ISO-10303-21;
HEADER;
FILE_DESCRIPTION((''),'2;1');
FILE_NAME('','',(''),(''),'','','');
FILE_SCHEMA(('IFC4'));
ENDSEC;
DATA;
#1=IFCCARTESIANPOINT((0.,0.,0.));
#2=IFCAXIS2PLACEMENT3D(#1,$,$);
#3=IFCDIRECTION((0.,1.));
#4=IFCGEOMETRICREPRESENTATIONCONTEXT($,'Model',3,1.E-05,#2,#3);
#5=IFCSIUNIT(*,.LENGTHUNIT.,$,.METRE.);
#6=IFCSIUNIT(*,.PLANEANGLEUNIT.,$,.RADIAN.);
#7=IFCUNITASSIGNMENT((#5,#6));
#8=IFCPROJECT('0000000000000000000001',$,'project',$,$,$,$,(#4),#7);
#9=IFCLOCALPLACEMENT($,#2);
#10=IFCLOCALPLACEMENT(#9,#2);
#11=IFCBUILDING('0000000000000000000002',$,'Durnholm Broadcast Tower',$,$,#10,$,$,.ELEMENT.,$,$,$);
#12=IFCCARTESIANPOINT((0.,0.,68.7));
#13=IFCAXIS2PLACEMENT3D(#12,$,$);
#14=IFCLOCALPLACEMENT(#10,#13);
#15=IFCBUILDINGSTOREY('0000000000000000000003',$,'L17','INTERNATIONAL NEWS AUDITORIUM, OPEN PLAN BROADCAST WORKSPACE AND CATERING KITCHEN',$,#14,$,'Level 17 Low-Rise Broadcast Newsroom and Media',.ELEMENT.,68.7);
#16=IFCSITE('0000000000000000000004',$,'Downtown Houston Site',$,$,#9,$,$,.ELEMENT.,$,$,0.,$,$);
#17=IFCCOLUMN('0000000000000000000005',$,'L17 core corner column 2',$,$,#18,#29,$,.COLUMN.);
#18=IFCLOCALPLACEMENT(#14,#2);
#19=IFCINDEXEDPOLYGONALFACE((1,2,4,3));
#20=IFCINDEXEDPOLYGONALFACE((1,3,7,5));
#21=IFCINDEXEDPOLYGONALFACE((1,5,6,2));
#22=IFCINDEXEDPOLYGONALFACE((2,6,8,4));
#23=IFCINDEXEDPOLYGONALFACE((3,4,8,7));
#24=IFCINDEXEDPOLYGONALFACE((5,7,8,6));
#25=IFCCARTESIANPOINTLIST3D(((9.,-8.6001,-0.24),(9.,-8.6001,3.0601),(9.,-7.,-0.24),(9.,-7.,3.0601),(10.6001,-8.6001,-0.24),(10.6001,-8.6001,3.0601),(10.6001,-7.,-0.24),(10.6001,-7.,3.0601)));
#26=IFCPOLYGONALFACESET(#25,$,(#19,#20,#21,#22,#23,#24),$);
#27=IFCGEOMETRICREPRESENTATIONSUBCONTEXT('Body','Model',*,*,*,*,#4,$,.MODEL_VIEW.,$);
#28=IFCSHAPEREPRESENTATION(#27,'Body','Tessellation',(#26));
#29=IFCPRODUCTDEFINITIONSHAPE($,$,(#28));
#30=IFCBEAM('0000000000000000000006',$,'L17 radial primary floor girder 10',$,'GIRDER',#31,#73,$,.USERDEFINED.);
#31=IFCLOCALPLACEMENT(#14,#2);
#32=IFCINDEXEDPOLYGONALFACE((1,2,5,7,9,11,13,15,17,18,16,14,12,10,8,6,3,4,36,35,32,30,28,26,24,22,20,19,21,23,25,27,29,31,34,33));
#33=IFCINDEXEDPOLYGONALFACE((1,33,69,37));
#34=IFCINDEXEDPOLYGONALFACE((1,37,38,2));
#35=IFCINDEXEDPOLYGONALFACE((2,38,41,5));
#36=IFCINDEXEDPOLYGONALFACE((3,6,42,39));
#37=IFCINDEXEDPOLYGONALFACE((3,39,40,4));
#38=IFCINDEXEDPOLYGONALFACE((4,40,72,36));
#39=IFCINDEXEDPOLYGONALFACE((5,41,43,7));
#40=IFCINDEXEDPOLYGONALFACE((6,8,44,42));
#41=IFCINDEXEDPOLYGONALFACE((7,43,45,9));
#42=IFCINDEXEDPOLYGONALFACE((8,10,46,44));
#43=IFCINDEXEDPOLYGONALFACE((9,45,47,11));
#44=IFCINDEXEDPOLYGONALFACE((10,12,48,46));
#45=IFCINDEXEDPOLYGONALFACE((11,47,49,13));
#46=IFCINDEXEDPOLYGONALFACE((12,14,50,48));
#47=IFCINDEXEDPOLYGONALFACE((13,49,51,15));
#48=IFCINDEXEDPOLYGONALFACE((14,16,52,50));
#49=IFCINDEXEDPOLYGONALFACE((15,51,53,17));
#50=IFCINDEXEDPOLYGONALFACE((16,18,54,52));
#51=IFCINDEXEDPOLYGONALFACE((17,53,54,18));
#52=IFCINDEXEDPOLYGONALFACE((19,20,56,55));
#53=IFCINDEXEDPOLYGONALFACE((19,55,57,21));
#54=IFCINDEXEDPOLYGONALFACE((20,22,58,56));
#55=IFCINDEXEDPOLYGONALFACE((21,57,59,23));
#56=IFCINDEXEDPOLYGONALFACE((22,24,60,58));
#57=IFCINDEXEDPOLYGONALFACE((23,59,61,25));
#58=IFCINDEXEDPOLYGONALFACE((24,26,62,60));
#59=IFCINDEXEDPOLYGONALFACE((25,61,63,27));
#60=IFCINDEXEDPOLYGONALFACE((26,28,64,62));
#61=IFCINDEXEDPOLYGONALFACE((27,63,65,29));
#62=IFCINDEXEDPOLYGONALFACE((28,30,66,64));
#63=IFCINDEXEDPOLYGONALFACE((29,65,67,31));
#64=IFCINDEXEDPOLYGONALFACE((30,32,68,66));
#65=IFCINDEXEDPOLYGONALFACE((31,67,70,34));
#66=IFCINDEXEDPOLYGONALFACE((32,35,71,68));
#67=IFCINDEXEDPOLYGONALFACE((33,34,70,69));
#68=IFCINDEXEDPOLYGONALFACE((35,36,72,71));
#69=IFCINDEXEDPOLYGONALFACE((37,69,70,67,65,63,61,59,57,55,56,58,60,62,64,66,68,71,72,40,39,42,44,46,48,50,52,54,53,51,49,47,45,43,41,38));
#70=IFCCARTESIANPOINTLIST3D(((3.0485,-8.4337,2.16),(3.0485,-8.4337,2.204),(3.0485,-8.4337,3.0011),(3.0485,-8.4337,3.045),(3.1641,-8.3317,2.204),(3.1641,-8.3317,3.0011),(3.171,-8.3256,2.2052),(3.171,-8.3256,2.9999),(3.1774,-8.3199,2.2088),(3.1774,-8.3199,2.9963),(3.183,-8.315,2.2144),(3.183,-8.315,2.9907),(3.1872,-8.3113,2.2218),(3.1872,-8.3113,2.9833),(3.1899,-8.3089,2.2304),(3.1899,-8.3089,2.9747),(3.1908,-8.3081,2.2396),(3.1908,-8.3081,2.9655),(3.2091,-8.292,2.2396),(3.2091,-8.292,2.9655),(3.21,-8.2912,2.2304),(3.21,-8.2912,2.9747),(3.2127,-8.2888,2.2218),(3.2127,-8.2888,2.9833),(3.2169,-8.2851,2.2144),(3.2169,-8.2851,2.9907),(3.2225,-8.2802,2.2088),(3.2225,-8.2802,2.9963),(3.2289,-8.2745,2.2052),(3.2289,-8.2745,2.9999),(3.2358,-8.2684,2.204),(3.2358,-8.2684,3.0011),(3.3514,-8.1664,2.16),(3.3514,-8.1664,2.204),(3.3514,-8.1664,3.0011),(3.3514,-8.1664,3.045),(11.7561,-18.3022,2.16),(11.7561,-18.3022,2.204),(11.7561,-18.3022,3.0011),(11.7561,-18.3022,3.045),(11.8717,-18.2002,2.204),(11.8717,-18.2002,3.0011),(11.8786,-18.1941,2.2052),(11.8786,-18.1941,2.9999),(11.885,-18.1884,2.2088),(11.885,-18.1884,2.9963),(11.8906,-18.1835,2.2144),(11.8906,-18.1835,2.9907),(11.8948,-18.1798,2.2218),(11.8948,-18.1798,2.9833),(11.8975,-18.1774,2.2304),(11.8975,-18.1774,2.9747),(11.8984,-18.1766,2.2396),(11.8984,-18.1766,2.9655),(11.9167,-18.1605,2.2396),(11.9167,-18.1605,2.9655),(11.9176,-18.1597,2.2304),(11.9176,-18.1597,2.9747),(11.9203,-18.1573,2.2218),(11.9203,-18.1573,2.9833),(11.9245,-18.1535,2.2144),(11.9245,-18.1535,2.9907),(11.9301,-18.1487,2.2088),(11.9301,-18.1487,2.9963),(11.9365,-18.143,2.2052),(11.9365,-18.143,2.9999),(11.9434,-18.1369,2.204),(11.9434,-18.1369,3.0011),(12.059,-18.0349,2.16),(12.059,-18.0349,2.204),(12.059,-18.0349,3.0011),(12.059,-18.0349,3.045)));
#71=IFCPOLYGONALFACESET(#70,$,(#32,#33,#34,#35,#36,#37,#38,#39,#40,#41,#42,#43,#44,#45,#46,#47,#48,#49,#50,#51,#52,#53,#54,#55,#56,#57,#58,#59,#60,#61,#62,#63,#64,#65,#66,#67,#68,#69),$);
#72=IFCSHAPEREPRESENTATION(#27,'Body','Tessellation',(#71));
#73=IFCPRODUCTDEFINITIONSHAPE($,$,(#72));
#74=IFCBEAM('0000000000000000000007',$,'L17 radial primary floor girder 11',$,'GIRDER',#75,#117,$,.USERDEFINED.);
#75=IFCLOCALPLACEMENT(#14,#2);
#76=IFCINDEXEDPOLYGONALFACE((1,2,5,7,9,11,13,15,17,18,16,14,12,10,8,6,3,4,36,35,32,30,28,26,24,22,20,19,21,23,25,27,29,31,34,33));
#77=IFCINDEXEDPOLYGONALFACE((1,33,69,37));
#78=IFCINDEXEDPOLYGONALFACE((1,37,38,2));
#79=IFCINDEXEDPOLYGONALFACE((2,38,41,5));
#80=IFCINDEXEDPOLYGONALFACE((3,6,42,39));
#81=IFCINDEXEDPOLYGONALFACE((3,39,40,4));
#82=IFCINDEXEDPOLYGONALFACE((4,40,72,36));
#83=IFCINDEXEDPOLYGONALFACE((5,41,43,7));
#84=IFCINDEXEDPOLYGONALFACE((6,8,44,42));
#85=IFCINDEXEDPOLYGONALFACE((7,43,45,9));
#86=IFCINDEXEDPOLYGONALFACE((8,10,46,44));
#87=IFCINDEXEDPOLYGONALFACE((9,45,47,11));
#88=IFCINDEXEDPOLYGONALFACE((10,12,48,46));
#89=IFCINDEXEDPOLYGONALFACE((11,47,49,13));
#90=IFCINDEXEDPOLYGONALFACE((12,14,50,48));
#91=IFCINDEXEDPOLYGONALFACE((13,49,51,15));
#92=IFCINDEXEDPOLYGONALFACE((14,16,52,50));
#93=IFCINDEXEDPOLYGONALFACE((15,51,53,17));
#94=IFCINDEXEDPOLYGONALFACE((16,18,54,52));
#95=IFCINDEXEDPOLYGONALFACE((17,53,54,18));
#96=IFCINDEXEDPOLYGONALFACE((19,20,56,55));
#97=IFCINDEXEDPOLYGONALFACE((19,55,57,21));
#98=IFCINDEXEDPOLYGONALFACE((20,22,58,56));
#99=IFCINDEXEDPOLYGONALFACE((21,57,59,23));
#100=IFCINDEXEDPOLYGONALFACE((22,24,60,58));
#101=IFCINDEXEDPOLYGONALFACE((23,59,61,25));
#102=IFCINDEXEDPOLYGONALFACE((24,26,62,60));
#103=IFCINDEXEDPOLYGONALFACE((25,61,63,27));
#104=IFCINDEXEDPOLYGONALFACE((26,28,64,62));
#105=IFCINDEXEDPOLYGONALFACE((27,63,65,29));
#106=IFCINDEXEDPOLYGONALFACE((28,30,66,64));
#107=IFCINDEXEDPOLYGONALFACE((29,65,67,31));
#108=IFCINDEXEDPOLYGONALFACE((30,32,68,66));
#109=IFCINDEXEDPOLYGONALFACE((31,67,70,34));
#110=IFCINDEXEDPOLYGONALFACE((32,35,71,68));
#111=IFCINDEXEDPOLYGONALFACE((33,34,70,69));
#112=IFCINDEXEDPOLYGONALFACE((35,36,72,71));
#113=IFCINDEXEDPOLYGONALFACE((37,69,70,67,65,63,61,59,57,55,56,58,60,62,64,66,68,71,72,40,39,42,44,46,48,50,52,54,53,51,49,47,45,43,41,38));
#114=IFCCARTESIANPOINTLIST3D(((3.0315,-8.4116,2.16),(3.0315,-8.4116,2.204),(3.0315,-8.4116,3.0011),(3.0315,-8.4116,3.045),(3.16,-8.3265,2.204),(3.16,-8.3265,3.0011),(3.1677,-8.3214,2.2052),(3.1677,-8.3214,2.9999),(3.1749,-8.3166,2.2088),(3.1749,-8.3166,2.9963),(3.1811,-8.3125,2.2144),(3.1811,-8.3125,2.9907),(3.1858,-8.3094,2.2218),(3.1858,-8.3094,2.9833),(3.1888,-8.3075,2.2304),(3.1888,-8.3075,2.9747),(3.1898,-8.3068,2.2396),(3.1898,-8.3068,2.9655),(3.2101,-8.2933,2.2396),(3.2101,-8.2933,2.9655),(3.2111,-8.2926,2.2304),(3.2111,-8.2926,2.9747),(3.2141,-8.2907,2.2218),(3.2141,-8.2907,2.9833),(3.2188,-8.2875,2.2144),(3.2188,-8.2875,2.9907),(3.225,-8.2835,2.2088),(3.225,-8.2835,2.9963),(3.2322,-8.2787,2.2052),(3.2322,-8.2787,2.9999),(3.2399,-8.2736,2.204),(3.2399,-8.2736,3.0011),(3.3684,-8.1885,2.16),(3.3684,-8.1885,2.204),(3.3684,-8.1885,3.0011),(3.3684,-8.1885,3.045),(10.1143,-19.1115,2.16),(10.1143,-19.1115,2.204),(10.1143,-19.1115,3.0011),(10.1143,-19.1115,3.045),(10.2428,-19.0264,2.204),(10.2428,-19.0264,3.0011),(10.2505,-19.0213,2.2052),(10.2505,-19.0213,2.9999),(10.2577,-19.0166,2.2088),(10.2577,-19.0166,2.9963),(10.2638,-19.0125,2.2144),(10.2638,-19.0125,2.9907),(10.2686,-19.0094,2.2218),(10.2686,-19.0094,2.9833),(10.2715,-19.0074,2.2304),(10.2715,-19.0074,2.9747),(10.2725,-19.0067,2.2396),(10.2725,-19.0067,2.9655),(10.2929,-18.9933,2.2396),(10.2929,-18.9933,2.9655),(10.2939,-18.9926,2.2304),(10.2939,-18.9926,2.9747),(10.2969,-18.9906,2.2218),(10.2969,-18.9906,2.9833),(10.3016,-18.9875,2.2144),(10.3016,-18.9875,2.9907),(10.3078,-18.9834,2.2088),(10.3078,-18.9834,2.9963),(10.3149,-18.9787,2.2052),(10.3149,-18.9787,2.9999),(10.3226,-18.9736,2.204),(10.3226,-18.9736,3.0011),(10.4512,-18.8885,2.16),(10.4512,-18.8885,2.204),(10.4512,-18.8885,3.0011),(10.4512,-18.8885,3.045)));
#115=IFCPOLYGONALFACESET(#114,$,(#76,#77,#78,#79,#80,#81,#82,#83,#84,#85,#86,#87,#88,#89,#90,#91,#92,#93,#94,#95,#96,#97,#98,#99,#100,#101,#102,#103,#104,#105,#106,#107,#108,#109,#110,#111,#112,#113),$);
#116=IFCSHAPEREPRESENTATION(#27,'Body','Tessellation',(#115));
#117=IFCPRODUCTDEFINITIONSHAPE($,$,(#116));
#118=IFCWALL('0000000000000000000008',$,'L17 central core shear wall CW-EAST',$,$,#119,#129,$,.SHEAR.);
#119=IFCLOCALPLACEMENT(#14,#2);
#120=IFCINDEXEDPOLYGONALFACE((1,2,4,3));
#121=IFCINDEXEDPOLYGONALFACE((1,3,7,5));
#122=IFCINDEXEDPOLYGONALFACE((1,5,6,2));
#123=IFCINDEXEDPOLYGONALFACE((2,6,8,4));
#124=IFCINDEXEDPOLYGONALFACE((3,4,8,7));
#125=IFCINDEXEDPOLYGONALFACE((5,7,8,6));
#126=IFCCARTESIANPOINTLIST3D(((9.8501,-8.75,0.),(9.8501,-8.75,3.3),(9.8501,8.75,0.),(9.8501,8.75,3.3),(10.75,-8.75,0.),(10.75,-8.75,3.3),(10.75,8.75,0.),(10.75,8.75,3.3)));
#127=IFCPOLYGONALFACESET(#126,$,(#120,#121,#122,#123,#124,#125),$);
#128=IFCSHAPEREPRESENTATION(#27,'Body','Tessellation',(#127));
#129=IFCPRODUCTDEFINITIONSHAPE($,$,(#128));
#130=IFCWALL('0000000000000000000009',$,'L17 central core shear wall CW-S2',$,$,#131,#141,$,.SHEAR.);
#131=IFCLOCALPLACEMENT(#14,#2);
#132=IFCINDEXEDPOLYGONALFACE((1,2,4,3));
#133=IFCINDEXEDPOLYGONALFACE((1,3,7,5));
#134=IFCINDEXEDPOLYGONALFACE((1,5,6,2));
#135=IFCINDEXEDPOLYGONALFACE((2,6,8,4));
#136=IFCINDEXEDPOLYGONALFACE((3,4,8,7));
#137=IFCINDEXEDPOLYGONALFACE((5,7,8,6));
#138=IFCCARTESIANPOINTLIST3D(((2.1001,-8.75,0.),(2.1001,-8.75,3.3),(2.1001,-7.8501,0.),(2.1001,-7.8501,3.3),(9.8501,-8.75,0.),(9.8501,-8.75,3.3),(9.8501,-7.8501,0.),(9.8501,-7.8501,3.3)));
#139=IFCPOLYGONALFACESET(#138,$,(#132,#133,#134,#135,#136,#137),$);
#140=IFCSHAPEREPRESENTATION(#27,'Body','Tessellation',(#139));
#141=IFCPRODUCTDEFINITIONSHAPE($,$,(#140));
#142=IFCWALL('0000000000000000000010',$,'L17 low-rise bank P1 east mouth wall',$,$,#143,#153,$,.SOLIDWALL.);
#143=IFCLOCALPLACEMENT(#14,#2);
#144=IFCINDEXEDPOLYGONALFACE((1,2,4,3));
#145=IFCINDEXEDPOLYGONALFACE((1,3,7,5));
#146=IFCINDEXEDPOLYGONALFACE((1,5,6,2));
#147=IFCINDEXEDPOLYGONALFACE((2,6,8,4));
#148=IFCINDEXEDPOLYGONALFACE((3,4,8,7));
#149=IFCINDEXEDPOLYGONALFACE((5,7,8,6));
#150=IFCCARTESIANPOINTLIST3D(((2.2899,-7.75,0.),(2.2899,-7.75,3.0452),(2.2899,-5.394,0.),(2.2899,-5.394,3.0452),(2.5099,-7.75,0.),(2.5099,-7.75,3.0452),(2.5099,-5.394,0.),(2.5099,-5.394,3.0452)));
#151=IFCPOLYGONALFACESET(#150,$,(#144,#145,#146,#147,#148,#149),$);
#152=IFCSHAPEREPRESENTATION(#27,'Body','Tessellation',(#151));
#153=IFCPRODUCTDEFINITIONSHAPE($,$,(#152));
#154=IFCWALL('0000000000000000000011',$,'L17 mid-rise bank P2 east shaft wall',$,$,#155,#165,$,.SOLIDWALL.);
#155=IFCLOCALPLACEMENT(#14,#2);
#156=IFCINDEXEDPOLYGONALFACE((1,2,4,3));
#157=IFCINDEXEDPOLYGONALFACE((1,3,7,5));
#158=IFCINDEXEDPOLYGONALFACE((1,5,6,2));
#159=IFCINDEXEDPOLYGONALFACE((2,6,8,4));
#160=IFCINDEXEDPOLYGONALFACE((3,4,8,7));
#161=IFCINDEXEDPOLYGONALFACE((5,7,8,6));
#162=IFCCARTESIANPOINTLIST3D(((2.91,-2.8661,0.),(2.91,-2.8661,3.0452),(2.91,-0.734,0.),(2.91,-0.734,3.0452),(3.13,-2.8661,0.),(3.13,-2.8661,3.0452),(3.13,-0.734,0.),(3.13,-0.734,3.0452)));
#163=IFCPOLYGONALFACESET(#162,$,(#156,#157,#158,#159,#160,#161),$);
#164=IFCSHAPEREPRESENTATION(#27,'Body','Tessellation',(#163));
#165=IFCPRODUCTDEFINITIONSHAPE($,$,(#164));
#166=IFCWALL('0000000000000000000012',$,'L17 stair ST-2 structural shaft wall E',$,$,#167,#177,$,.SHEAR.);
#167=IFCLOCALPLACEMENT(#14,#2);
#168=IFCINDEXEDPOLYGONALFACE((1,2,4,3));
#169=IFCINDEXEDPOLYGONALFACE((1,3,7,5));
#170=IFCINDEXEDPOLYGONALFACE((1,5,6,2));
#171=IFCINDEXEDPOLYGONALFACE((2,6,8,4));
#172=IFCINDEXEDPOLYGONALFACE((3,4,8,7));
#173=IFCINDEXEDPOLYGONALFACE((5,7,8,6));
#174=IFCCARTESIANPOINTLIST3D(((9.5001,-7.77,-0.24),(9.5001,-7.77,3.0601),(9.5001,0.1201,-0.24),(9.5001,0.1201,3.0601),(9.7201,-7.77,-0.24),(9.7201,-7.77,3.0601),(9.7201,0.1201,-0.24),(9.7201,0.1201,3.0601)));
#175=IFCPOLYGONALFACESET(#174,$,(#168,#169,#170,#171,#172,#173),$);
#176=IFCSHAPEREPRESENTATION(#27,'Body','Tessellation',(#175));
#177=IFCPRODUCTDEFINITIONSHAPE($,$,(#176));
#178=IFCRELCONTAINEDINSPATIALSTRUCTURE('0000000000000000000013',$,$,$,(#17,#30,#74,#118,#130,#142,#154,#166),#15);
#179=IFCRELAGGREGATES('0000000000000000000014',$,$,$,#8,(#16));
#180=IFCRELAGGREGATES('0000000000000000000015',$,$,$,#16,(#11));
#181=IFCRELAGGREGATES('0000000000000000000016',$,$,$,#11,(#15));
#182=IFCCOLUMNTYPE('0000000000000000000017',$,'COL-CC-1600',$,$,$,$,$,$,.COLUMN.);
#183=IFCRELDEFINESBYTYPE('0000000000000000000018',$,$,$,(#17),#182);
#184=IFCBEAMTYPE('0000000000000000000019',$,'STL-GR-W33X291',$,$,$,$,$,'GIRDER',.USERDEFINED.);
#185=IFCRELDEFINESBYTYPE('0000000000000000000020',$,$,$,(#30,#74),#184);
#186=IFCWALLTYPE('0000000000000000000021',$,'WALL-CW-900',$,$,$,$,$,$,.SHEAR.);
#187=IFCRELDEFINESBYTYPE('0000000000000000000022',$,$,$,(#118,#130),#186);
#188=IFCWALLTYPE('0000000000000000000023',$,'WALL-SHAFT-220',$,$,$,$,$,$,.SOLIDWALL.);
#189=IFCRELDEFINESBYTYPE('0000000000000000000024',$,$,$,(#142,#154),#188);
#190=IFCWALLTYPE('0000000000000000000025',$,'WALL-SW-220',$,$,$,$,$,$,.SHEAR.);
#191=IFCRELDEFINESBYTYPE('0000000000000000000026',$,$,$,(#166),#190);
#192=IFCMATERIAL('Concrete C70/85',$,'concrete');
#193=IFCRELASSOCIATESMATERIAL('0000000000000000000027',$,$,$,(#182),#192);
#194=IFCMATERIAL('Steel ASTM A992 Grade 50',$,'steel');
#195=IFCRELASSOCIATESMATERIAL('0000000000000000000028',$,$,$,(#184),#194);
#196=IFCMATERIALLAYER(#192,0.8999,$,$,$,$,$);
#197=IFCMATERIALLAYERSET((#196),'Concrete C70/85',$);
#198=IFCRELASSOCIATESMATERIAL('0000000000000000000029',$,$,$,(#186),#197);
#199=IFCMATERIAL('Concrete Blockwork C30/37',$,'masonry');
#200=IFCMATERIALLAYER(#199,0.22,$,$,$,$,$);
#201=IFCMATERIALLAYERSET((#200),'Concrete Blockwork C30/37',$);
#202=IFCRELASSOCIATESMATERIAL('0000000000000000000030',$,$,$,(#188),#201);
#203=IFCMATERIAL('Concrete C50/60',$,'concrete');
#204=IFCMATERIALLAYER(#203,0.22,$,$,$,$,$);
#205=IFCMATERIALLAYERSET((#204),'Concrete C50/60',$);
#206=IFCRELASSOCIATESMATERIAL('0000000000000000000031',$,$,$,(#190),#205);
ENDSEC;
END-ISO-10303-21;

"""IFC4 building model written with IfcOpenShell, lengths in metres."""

from ifc_helpers import new_model, si_unit, direction, frame, frame_2d, origin, origin_2d, place, context, subcontext, project, spatial, rectangle, i_section, extrude, source, transform, mapped, material, layer, layer_set, material_profile, profile_set, type_object, type_shapes, element, save


model = new_model("IFC4")

# Units and contexts
model_context = context("Model", 3, precision=1e-05, world=origin(), true_north=direction((0.0, 1.0)))
body_context = subcontext(model_context, "Body", "Model", "MODEL_VIEW")
ifc_project = project(units=[si_unit("LENGTHUNIT", "METRE"), si_unit("PLANEANGLEUNIT", "RADIAN")], contexts=[model_context])

# Site, building, storey
site_placement = place(None, origin())
site = spatial("IfcSite", under=ifc_project, at=site_placement, Name="Downtown Houston Site", CompositionType="ELEMENT", RefElevation=0.0)
building_placement = place(site_placement, origin())
building = spatial("IfcBuilding", under=site, at=building_placement, Name="Durnholm Broadcast Tower", CompositionType="ELEMENT")
storey_placement = place(building_placement, frame((0.0, 0.0, 68.7)))
storey = spatial("IfcBuildingStorey", under=building, at=storey_placement, Name="L17", Description="INTERNATIONAL NEWS AUDITORIUM, OPEN PLAN BROADCAST WORKSPACE AND CATERING KITCHEN", LongName="Level 17 Low-Rise Broadcast Newsroom and Media", CompositionType="ELEMENT", Elevation=68.7)

# Column
ifc_material_1 = material(Name="Concrete C70/85", Category="concrete")
ifc_material_profile_1 = material_profile(ifc_material_1, rectangle(XDim=1.6001, YDim=1.6001, at=origin_2d()), Name="RC1600X1600")
ifc_profile_set_1 = profile_set([ifc_material_profile_1], Name="Concrete C70/85")
column_type = type_object("IfcColumnType", Name="COL-CC-1600", PredefinedType="COLUMN", material=ifc_profile_set_1)
shared_shape_1 = source(origin(), body_context, "Body", "SweptSolid", [
    extrude(rectangle(XDim=1.6001, YDim=1.6001, at=origin_2d()), origin(), (0.0, 0.0, 1.0), 3.3),
])
type_shapes(column_type, [shared_shape_1])
column_placement = place(storey_placement, frame((9.8, -7.8, -0.24), z_axis=(0.0, 0.0, 1.0), x_axis=(1.0, 0.0, 0.0)))
element("IfcColumn", 1, at=column_placement, inside=storey, type_object=column_type, Name="L17 core corner column 2", PredefinedType="COLUMN", context=body_context, shape_type="MappedRepresentation", body=[
    mapped(shared_shape_1, transform((0.0, 0.0, 0.0), x_axis=(1.0, 0.0, 0.0), y_axis=(0.0, 1.0, 0.0), z_axis=(0.0, 0.0, 1.0), scale=1.0)),
])

# Beams
ifc_material_2 = material(Name="Steel ASTM A992 Grade 50", Category="steel")
ifc_material_profile_2 = material_profile(ifc_material_2, i_section(OverallWidth=0.4041, OverallDepth=0.885, WebThickness=0.0244, FlangeThickness=0.0439, FilletRadius=0.0356, at=origin_2d()), Name="W33X291")
ifc_profile_set_2 = profile_set([ifc_material_profile_2], Name="Steel ASTM A992 Grade 50")
beam_type = type_object("IfcBeamType", Name="STL-GR-W33X291", ElementType="GIRDER", PredefinedType="USERDEFINED", material=ifc_profile_set_2)
shared_shape_2 = source(origin(), body_context, "Body", "SweptSolid", [
    extrude(i_section(OverallWidth=0.4041, OverallDepth=0.885, WebThickness=0.0244, FlangeThickness=0.0439, FilletRadius=0.0356, at=origin_2d()), origin(), (0.0, 0.0, 1.0), 13.1609),
])
beam_1_placement = place(storey_placement, frame((3.2, -8.3, 2.6025), z_axis=(0.661626, -0.749834, 0.0), x_axis=(0.749834, 0.661626, 0.0)))
element("IfcBeam", 2, at=beam_1_placement, inside=storey, type_object=beam_type, Name="L17 radial primary floor girder 10", ObjectType="GIRDER", PredefinedType="USERDEFINED", context=body_context, shape_type="MappedRepresentation", body=[
    mapped(shared_shape_2, transform((0.0, 0.0, 0.0), x_axis=(1.0, 0.0, 0.0), y_axis=(0.0, 1.0, 0.0), z_axis=(0.0, 0.0, 1.0), scale=1.0)),
])
shared_shape_3 = source(origin(), body_context, "Body", "SweptSolid", [
    extrude(i_section(OverallWidth=0.4041, OverallDepth=0.885, WebThickness=0.0244, FlangeThickness=0.0439, FilletRadius=0.0356, at=origin_2d()), origin(), (0.0, 0.0, 1.0), 12.8318),
])
type_shapes(beam_type, [shared_shape_2, shared_shape_3])
beam_2_placement = place(storey_placement, frame((3.2, -8.3, 2.6025), z_axis=(0.551971, -0.833864, 0.0), x_axis=(0.833864, 0.551971, 0.0)))
element("IfcBeam", 3, at=beam_2_placement, inside=storey, type_object=beam_type, Name="L17 radial primary floor girder 11", ObjectType="GIRDER", PredefinedType="USERDEFINED", context=body_context, shape_type="MappedRepresentation", body=[
    mapped(shared_shape_3, transform((0.0, 0.0, 0.0), x_axis=(1.0, 0.0, 0.0), y_axis=(0.0, 1.0, 0.0), z_axis=(0.0, 0.0, 1.0), scale=1.0)),
])

# Walls
ifc_layer_1 = layer(ifc_material_1, 0.8999)
ifc_layer_set_1 = layer_set([ifc_layer_1], Name="Concrete C70/85")
wall_type_1 = type_object("IfcWallType", Name="WALL-CW-900", PredefinedType="SHEAR", material=ifc_layer_set_1)
wall_1_placement = place(storey_placement, frame((10.3, -8.75, 0.0), z_axis=(0.0, 0.0, 1.0), x_axis=(0.0, 1.0, 0.0)))
element("IfcWall", 4, at=wall_1_placement, inside=storey, type_object=wall_type_1, Name="L17 central core shear wall CW-EAST", PredefinedType="SHEAR", context=body_context, shape_type="SweptSolid", body=[
    extrude(rectangle(XDim=17.5, YDim=0.8999, at=frame_2d((8.75, 0.0))), origin(), (0.0, 0.0, 1.0), 3.3),
])
wall_2_placement = place(storey_placement, frame((2.1001, -8.3, 0.0), z_axis=(0.0, 0.0, 1.0), x_axis=(1.0, 0.0, 0.0)))
element("IfcWall", 5, at=wall_2_placement, inside=storey, type_object=wall_type_1, Name="L17 central core shear wall CW-S2", PredefinedType="SHEAR", context=body_context, shape_type="SweptSolid", body=[
    extrude(rectangle(XDim=7.75, YDim=0.8999, at=frame_2d((3.875, 0.0))), origin(), (0.0, 0.0, 1.0), 3.3),
])

# Shared definitions
ifc_material_3 = material(Name="Concrete Blockwork C30/37", Category="masonry")
ifc_layer_2 = layer(ifc_material_3, 0.22)
ifc_layer_set_2 = layer_set([ifc_layer_2], Name="Concrete Blockwork C30/37")
wall_type_2 = type_object("IfcWallType", Name="WALL-SHAFT-220", PredefinedType="SOLIDWALL", material=ifc_layer_set_2)

# Walls
wall_3_placement = place(storey_placement, frame((2.3999, -7.75, 0.0), z_axis=(0.0, 0.0, 1.0), x_axis=(0.0, 1.0, 0.0)))
element("IfcWall", 6, at=wall_3_placement, inside=storey, type_object=wall_type_2, Name="L17 low-rise bank P1 east mouth wall", PredefinedType="SOLIDWALL", context=body_context, shape_type="SweptSolid", body=[
    extrude(rectangle(XDim=2.356, YDim=0.22, at=frame_2d((1.178, 0.0))), origin(), (0.0, 0.0, 1.0), 3.0452),
])
wall_4_placement = place(storey_placement, frame((3.02, -2.866, 0.0), z_axis=(0.0, 0.0, 1.0), x_axis=(0.0, 1.0, 0.0)))
element("IfcWall", 7, at=wall_4_placement, inside=storey, type_object=wall_type_2, Name="L17 mid-rise bank P2 east shaft wall", PredefinedType="SOLIDWALL", context=body_context, shape_type="SweptSolid", body=[
    extrude(rectangle(XDim=2.1321, YDim=0.22, at=frame_2d((1.0659, 0.0))), origin(), (0.0, 0.0, 1.0), 3.0452),
])
ifc_material_4 = material(Name="Concrete C50/60", Category="concrete")
ifc_layer_3 = layer(ifc_material_4, 0.22)
ifc_layer_set_3 = layer_set([ifc_layer_3], Name="Concrete C50/60")
wall_type_3 = type_object("IfcWallType", Name="WALL-SW-220", PredefinedType="SHEAR", material=ifc_layer_set_3)
wall_5_placement = place(storey_placement, frame((9.6101, -7.77, -0.24), z_axis=(0.0, 0.0, 1.0), x_axis=(0.0, 1.0, 0.0)))
element("IfcWall", 8, at=wall_5_placement, inside=storey, type_object=wall_type_3, Name="L17 stair ST-2 structural shaft wall E", PredefinedType="SHEAR", context=body_context, shape_type="SweptSolid", body=[
    extrude(rectangle(XDim=7.8901, YDim=0.22, at=frame_2d((3.9451, 0.0))), origin(), (0.0, 0.0, 1.0), 3.3),
])

save(model, "model.ifc")
